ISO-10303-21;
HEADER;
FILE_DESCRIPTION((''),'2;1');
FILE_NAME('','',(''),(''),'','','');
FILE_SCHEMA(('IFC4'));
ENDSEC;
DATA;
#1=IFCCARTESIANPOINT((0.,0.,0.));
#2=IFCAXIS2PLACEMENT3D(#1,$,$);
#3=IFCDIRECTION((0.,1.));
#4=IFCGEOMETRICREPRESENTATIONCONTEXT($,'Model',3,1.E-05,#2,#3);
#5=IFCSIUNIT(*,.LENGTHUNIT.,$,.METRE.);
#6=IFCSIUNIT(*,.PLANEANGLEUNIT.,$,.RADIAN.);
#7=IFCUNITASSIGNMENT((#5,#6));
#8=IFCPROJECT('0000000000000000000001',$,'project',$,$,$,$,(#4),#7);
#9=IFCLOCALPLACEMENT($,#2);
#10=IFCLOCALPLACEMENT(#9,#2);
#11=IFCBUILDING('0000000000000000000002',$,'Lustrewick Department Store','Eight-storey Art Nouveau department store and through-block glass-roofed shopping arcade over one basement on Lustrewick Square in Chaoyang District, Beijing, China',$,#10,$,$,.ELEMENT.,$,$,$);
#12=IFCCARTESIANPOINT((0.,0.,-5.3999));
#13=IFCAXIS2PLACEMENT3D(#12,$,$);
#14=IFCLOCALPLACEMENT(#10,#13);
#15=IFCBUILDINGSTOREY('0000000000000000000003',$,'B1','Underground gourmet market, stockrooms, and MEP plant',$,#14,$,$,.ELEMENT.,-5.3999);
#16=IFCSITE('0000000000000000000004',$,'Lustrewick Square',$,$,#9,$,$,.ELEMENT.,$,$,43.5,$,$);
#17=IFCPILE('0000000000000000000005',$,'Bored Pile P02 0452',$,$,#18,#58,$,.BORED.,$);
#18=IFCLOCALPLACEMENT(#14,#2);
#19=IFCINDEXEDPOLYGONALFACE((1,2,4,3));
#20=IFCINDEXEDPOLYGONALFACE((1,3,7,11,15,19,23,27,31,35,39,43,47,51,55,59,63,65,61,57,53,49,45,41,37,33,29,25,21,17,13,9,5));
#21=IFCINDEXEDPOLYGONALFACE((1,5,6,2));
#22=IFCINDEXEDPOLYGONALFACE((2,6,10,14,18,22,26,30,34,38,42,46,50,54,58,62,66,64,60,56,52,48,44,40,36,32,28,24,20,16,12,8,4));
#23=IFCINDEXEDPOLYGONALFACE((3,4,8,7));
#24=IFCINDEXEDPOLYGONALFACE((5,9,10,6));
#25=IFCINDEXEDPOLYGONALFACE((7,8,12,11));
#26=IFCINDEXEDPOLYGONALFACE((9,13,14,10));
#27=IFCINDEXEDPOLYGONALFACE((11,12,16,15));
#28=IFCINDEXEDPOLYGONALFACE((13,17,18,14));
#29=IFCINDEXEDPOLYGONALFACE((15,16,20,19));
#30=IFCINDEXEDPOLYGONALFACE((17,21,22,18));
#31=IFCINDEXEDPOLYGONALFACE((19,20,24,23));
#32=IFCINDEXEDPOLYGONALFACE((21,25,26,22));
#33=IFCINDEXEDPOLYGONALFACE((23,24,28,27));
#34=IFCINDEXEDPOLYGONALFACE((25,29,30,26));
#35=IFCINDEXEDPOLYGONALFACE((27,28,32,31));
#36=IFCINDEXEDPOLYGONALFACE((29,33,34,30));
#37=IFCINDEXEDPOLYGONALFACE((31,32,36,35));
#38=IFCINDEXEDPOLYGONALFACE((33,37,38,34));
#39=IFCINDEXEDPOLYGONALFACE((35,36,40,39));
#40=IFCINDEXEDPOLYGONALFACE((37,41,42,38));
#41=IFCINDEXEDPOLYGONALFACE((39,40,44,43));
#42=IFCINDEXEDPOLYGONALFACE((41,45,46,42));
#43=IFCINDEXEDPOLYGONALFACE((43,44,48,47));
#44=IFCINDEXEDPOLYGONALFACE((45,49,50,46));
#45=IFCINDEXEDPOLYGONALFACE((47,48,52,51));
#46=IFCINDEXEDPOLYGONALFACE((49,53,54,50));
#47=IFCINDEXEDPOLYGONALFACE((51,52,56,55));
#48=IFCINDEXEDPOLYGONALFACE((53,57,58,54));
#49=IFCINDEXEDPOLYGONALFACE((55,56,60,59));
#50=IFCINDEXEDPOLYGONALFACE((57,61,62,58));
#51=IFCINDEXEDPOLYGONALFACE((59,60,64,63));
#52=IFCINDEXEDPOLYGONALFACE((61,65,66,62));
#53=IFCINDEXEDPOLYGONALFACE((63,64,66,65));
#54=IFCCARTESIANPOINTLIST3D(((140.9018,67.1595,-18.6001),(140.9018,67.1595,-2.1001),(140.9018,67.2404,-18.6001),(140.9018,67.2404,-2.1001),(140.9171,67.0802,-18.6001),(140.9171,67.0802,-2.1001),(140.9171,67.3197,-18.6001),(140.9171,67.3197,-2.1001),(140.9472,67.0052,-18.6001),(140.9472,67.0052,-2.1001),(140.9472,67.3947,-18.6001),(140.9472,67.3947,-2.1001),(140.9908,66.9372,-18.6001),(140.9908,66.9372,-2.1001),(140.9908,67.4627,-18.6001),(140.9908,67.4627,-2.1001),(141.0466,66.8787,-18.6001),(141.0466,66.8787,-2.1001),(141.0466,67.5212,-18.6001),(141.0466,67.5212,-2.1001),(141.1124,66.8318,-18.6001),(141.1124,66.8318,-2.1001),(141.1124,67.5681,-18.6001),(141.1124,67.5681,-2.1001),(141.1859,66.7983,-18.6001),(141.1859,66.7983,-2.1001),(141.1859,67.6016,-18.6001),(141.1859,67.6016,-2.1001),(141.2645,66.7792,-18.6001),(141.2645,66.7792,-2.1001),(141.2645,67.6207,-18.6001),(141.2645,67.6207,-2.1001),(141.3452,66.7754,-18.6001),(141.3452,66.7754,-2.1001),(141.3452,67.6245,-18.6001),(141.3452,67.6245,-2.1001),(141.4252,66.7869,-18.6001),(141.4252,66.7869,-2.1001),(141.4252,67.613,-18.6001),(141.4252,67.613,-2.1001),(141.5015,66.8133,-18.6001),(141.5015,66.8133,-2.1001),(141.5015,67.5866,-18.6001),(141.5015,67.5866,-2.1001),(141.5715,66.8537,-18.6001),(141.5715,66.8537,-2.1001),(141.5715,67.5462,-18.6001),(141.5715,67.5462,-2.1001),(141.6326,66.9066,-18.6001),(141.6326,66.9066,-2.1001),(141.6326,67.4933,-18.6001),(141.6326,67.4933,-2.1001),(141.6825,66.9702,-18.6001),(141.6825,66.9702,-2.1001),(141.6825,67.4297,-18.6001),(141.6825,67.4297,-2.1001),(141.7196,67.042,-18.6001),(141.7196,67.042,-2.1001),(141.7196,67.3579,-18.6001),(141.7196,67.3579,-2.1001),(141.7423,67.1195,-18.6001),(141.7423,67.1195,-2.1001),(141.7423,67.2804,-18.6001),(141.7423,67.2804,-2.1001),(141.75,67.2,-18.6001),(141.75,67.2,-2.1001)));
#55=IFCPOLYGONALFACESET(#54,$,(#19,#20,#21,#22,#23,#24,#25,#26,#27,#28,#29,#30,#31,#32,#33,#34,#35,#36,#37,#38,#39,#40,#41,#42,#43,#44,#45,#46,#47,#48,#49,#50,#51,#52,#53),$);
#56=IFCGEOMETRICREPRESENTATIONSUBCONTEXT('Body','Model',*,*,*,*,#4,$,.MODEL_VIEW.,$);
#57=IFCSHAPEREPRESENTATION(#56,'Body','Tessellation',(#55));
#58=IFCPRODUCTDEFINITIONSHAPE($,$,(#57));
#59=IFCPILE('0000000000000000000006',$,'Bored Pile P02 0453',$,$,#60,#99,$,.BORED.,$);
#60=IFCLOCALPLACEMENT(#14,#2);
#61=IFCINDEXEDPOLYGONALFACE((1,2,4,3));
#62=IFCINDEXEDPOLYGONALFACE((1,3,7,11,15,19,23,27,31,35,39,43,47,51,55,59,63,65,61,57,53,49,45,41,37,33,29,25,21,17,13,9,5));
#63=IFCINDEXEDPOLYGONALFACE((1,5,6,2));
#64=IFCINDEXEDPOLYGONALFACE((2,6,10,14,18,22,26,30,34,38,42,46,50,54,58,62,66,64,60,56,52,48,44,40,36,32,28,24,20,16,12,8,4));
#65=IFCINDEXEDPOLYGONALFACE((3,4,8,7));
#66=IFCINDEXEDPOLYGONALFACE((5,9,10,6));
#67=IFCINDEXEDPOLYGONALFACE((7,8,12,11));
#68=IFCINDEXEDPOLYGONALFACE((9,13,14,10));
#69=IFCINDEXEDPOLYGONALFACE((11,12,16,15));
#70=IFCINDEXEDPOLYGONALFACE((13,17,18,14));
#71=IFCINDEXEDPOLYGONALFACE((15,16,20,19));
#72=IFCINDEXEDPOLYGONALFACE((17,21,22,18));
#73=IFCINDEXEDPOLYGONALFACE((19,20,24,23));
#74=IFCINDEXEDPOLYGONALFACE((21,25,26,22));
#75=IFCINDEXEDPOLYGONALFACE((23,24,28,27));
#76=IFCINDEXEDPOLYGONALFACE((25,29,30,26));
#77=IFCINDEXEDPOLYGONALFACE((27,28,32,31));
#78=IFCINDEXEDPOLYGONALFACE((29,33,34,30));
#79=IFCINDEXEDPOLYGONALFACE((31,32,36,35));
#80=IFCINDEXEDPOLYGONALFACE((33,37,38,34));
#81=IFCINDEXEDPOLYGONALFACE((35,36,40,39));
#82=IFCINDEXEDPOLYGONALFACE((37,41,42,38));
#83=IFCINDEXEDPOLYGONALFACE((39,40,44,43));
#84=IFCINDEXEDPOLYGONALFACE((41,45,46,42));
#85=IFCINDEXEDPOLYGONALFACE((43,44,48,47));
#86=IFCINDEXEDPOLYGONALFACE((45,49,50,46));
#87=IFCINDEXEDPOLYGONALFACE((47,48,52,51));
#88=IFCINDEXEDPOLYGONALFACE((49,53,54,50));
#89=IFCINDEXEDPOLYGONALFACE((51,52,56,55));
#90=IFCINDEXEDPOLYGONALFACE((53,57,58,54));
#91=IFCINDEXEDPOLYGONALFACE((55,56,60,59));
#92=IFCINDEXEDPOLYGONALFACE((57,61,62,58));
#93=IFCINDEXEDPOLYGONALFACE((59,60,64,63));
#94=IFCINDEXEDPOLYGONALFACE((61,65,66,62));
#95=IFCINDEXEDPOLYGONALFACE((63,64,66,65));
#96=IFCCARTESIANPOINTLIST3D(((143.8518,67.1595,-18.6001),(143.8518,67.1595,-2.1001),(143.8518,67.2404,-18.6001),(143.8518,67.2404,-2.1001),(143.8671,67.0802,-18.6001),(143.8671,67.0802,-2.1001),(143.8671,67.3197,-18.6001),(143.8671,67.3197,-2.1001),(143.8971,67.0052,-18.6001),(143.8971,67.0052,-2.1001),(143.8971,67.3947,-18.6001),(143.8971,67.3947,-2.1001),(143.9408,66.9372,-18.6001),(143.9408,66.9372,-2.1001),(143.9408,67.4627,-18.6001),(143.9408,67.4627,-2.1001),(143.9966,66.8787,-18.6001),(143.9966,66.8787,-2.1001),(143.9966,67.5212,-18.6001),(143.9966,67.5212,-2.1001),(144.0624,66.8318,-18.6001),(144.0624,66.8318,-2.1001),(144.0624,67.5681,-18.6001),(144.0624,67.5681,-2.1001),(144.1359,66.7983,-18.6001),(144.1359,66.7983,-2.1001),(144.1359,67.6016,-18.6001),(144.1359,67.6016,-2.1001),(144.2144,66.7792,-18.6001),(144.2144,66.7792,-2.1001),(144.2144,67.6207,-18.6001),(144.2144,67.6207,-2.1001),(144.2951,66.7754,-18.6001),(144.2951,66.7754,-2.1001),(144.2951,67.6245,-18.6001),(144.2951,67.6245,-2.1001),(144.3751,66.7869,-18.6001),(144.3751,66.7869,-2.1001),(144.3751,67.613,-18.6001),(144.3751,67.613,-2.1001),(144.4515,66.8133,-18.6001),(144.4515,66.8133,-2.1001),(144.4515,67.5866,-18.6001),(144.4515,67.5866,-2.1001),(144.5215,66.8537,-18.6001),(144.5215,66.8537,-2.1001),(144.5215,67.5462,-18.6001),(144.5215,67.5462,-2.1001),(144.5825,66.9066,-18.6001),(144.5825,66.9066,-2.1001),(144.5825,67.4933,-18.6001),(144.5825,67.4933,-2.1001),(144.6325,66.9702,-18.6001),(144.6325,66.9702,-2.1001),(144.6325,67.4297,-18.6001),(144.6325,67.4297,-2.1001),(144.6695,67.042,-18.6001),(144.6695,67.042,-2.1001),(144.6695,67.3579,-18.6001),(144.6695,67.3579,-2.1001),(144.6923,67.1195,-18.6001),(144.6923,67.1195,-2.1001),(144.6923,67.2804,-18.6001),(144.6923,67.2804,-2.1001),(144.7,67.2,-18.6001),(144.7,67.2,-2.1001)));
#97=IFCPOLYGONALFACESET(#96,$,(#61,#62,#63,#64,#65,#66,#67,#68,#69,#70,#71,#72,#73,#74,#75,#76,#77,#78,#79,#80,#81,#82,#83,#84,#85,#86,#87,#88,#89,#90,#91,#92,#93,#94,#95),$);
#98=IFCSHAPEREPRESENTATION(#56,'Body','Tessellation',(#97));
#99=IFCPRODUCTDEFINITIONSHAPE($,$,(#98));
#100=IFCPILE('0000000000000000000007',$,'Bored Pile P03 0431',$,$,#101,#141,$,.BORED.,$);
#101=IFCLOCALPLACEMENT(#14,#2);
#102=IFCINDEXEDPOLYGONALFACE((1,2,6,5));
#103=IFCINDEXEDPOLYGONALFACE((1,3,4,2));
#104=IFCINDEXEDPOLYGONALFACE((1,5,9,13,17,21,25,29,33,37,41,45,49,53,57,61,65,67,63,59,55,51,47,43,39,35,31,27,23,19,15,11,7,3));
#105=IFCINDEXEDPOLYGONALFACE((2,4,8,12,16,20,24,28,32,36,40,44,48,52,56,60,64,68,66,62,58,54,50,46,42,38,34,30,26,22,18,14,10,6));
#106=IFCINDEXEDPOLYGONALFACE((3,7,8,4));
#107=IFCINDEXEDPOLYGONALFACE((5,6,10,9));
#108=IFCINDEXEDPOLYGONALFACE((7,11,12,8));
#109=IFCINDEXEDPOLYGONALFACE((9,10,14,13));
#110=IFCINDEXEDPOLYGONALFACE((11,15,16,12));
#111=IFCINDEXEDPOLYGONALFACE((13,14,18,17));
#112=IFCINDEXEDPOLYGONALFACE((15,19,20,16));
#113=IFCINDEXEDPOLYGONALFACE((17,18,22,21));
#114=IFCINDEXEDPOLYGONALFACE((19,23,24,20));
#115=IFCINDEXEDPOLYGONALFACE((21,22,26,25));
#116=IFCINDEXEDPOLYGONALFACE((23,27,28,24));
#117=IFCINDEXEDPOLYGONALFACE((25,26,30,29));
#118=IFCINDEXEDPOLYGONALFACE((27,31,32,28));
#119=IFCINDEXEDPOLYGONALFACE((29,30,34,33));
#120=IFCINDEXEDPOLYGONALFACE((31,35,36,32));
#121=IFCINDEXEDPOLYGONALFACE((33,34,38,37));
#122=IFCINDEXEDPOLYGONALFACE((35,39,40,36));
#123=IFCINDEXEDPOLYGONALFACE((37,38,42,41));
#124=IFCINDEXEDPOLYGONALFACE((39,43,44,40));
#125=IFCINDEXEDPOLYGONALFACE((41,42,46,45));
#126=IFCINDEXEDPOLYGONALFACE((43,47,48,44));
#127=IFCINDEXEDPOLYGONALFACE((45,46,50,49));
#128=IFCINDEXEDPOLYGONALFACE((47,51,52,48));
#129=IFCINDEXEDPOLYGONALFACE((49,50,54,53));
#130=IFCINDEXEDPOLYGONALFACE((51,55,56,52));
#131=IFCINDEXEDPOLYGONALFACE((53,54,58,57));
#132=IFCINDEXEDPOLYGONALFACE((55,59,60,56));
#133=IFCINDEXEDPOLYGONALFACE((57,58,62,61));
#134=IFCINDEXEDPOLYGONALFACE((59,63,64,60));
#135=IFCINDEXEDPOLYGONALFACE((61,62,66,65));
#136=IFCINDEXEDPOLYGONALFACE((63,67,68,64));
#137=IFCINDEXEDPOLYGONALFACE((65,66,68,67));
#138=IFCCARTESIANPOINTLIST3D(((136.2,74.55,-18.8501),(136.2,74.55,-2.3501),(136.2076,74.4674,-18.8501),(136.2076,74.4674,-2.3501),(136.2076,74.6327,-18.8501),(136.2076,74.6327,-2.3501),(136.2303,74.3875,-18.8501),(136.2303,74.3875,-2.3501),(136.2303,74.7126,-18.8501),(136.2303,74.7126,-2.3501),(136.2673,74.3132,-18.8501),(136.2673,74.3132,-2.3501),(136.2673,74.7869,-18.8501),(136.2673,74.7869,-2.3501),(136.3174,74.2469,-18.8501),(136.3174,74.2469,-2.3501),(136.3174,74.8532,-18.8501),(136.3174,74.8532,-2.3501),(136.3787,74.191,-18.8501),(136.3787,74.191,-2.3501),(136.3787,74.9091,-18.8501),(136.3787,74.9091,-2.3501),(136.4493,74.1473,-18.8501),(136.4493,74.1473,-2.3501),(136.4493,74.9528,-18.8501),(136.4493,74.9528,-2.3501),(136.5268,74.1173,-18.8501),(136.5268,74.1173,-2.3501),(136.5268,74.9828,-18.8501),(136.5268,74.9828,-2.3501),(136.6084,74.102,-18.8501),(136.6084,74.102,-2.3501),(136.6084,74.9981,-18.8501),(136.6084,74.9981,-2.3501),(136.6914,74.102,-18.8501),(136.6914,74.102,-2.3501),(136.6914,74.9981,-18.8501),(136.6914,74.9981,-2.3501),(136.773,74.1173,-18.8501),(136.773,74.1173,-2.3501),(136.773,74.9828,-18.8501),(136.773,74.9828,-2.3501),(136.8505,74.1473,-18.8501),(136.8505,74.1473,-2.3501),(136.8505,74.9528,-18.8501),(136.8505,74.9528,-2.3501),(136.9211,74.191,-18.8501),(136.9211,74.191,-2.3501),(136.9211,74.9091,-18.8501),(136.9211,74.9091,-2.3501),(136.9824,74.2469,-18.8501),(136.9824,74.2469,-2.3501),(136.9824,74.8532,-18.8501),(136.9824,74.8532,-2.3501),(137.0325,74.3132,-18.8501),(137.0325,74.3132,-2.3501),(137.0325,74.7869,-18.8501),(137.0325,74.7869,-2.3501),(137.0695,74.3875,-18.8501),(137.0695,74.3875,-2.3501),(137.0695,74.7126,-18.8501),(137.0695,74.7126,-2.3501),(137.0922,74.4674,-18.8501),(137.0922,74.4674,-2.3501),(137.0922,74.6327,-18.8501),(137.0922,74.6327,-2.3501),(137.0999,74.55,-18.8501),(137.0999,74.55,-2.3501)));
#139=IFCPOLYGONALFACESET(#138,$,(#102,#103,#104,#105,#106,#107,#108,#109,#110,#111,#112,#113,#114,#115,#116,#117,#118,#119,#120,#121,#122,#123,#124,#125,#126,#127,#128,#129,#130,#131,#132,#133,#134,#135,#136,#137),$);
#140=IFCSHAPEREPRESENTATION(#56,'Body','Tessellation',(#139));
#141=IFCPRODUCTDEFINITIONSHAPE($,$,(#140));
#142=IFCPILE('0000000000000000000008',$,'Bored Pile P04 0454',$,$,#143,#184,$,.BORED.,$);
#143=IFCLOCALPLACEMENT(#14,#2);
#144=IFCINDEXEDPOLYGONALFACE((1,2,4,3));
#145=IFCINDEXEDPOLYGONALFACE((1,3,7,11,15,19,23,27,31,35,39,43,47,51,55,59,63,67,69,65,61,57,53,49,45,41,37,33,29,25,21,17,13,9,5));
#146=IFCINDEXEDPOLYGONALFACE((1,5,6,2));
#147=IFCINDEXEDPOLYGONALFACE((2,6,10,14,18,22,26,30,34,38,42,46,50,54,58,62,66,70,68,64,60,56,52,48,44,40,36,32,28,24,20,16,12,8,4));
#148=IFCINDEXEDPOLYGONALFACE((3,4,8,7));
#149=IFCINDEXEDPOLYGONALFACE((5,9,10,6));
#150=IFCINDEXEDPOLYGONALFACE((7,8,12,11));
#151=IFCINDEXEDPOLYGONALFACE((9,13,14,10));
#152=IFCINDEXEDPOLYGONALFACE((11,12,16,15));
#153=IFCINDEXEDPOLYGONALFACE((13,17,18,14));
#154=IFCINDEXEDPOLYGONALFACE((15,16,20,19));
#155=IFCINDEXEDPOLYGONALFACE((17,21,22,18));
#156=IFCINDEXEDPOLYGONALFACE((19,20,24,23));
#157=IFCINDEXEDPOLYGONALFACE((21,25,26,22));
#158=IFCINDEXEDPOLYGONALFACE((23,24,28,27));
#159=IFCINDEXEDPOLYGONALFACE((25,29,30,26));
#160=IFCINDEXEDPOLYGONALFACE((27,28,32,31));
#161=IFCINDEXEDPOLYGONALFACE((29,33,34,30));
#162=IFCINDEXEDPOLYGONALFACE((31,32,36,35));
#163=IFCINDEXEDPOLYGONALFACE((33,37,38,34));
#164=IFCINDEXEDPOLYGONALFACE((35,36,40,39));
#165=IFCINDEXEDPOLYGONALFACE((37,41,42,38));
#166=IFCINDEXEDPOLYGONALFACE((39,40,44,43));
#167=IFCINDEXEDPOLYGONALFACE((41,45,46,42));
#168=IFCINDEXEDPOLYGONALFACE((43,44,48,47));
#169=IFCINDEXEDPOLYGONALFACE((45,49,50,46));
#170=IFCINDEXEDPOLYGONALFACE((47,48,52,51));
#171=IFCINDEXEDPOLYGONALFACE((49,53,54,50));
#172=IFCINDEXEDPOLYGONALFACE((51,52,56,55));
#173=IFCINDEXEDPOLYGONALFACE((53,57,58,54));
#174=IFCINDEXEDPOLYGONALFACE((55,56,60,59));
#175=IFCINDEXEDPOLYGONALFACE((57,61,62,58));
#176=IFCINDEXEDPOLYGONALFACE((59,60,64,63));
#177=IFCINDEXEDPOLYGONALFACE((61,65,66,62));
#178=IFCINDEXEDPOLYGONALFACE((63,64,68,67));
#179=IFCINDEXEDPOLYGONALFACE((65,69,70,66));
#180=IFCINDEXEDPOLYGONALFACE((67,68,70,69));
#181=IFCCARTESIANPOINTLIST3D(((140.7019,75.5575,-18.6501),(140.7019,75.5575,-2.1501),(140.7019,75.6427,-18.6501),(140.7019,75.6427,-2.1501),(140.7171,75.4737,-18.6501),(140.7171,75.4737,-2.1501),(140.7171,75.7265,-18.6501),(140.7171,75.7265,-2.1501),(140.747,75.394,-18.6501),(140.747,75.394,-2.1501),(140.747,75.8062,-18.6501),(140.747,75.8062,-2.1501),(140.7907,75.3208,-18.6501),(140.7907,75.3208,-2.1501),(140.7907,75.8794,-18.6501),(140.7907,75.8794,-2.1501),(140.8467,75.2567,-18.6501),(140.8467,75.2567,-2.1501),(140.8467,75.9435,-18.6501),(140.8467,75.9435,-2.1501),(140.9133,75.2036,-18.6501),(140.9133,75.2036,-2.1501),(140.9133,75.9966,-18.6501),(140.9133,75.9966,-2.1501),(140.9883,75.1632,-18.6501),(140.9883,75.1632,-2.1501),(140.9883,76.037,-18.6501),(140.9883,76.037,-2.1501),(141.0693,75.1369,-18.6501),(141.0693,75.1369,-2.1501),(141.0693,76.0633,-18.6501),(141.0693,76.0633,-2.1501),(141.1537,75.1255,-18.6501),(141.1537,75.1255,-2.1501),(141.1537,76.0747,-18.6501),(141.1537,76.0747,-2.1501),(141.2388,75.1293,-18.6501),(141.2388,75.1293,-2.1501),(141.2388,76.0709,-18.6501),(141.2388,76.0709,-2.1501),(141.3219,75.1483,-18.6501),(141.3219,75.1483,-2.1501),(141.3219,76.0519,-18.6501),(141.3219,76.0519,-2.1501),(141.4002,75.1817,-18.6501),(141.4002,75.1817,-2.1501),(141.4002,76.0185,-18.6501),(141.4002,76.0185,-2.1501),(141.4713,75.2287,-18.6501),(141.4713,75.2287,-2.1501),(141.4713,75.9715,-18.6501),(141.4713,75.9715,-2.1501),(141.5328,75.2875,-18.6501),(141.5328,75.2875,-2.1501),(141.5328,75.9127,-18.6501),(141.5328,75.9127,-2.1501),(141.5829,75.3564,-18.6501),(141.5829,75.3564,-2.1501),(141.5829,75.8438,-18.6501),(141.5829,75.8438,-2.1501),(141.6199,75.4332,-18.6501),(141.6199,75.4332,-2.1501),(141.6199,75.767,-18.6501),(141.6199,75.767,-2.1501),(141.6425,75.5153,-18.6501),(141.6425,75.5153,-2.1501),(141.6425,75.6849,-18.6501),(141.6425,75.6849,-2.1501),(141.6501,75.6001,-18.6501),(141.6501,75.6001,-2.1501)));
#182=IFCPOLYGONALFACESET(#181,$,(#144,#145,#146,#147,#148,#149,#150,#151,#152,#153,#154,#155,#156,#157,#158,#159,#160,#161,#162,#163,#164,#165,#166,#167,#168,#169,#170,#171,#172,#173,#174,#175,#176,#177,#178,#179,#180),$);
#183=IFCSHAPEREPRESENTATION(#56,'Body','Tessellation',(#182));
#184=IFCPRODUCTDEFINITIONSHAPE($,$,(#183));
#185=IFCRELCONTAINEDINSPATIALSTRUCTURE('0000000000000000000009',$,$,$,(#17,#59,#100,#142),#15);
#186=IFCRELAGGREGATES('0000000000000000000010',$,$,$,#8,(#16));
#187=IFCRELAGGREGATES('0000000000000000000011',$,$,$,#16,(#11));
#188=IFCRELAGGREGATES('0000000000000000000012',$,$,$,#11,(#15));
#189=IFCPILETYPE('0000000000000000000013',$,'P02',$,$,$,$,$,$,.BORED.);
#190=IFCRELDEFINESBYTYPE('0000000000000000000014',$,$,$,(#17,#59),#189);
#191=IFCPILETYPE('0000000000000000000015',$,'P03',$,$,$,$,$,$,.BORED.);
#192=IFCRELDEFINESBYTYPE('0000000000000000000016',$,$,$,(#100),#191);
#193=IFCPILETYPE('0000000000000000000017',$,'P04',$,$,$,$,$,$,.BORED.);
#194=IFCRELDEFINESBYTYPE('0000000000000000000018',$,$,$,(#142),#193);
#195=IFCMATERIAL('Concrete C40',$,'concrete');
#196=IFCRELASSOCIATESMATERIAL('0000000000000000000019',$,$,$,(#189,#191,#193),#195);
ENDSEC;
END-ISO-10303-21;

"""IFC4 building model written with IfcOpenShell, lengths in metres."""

from ifc_helpers import new_model, si_unit, direction, frame, origin, origin_2d, place, context, subcontext, project, spatial, circle, extrude, material, material_profile, profile_set, type_object, element, save


model = new_model("IFC4")

# Units and contexts
model_context = context("Model", 3, precision=1e-05, world=origin(), true_north=direction((0.0, 1.0)))
body_context = subcontext(model_context, "Body", "Model", "MODEL_VIEW")
ifc_project = project(units=[si_unit("LENGTHUNIT", "METRE"), si_unit("PLANEANGLEUNIT", "RADIAN")], contexts=[model_context])

# Site, building, storey
site_placement = place(None, origin())
site = spatial("IfcSite", under=ifc_project, at=site_placement, Name="Lustrewick Square", CompositionType="ELEMENT", RefElevation=43.5)
building_placement = place(site_placement, origin())
building = spatial("IfcBuilding", under=site, at=building_placement, Name="Lustrewick Department Store", Description="Eight-storey Art Nouveau department store and through-block glass-roofed shopping arcade over one basement on Lustrewick Square in Chaoyang District, Beijing, China", CompositionType="ELEMENT")
storey_placement = place(building_placement, frame((0.0, 0.0, -5.3999)))
storey = spatial("IfcBuildingStorey", under=building, at=storey_placement, Name="B1", Description="Underground gourmet market, stockrooms, and MEP plant", CompositionType="ELEMENT", Elevation=-5.3999)

# Piles
ifc_material_1 = material(Name="Concrete C40", Category="concrete")
ifc_material_profile_1 = material_profile(ifc_material_1, circle(Radius=0.425, at=origin_2d()), Name="PILE D850")
ifc_profile_set_1 = profile_set([ifc_material_profile_1], Name="Concrete C40")
pile_type_1 = type_object("IfcPileType", Name="P02", PredefinedType="BORED", material=ifc_profile_set_1)
for number, where, z_axis, x_axis, name in (
    (1, (141.325, 67.2, -2.1001), (0.0, 0.0, -1.0), (1.0, 0.0, 0.0), "Bored Pile P02 0452"),
    (2, (144.2749, 67.2, -2.1001), (0.0, 0.0, -1.0), (1.0, 0.0, 0.0), "Bored Pile P02 0453"),
):
    element("IfcPile", number, at=place(storey_placement, frame(where, z_axis=z_axis, x_axis=x_axis)), inside=storey, type_object=pile_type_1, Name=name, PredefinedType="BORED", context=body_context, shape_type="SweptSolid", body=[
        extrude(circle(Radius=0.425, at=origin_2d()), origin(), (0.0, 0.0, 1.0), 16.5),
    ])
ifc_material_profile_2 = material_profile(ifc_material_1, circle(Radius=0.45, at=origin_2d()), Name="PILE D900")
ifc_profile_set_2 = profile_set([ifc_material_profile_2], Name="Concrete C40")
pile_type_2 = type_object("IfcPileType", Name="P03", PredefinedType="BORED", material=ifc_profile_set_2)
pile_placement = place(storey_placement, frame((136.6499, 74.55, -2.3501), z_axis=(0.0, 0.0, -1.0), x_axis=(1.0, 0.0, 0.0)))
element("IfcPile", 3, at=pile_placement, inside=storey, type_object=pile_type_2, Name="Bored Pile P03 0431", PredefinedType="BORED", context=body_context, shape_type="SweptSolid", body=[
    extrude(circle(Radius=0.45, at=origin_2d()), origin(), (0.0, 0.0, 1.0), 16.5),
])
ifc_material_profile_3 = material_profile(ifc_material_1, circle(Radius=0.4751, at=origin_2d()), Name="PILE D950")
ifc_profile_set_3 = profile_set([ifc_material_profile_3], Name="Concrete C40")
pile_type_3 = type_object("IfcPileType", Name="P04", PredefinedType="BORED", material=ifc_profile_set_3)
for number, where, z_axis, x_axis, name in (
    (4, (141.175, 75.6001, -2.1501), (0.0, 0.0, -1.0), (1.0, 0.0, 0.0), "Bored Pile P04 0454"),
):
    element("IfcPile", number, at=place(storey_placement, frame(where, z_axis=z_axis, x_axis=x_axis)), inside=storey, type_object=pile_type_3, Name=name, PredefinedType="BORED", context=body_context, shape_type="SweptSolid", body=[
        extrude(circle(Radius=0.4751, at=origin_2d()), origin(), (0.0, 0.0, 1.0), 16.5),
    ])

save(model, "model.ifc")
